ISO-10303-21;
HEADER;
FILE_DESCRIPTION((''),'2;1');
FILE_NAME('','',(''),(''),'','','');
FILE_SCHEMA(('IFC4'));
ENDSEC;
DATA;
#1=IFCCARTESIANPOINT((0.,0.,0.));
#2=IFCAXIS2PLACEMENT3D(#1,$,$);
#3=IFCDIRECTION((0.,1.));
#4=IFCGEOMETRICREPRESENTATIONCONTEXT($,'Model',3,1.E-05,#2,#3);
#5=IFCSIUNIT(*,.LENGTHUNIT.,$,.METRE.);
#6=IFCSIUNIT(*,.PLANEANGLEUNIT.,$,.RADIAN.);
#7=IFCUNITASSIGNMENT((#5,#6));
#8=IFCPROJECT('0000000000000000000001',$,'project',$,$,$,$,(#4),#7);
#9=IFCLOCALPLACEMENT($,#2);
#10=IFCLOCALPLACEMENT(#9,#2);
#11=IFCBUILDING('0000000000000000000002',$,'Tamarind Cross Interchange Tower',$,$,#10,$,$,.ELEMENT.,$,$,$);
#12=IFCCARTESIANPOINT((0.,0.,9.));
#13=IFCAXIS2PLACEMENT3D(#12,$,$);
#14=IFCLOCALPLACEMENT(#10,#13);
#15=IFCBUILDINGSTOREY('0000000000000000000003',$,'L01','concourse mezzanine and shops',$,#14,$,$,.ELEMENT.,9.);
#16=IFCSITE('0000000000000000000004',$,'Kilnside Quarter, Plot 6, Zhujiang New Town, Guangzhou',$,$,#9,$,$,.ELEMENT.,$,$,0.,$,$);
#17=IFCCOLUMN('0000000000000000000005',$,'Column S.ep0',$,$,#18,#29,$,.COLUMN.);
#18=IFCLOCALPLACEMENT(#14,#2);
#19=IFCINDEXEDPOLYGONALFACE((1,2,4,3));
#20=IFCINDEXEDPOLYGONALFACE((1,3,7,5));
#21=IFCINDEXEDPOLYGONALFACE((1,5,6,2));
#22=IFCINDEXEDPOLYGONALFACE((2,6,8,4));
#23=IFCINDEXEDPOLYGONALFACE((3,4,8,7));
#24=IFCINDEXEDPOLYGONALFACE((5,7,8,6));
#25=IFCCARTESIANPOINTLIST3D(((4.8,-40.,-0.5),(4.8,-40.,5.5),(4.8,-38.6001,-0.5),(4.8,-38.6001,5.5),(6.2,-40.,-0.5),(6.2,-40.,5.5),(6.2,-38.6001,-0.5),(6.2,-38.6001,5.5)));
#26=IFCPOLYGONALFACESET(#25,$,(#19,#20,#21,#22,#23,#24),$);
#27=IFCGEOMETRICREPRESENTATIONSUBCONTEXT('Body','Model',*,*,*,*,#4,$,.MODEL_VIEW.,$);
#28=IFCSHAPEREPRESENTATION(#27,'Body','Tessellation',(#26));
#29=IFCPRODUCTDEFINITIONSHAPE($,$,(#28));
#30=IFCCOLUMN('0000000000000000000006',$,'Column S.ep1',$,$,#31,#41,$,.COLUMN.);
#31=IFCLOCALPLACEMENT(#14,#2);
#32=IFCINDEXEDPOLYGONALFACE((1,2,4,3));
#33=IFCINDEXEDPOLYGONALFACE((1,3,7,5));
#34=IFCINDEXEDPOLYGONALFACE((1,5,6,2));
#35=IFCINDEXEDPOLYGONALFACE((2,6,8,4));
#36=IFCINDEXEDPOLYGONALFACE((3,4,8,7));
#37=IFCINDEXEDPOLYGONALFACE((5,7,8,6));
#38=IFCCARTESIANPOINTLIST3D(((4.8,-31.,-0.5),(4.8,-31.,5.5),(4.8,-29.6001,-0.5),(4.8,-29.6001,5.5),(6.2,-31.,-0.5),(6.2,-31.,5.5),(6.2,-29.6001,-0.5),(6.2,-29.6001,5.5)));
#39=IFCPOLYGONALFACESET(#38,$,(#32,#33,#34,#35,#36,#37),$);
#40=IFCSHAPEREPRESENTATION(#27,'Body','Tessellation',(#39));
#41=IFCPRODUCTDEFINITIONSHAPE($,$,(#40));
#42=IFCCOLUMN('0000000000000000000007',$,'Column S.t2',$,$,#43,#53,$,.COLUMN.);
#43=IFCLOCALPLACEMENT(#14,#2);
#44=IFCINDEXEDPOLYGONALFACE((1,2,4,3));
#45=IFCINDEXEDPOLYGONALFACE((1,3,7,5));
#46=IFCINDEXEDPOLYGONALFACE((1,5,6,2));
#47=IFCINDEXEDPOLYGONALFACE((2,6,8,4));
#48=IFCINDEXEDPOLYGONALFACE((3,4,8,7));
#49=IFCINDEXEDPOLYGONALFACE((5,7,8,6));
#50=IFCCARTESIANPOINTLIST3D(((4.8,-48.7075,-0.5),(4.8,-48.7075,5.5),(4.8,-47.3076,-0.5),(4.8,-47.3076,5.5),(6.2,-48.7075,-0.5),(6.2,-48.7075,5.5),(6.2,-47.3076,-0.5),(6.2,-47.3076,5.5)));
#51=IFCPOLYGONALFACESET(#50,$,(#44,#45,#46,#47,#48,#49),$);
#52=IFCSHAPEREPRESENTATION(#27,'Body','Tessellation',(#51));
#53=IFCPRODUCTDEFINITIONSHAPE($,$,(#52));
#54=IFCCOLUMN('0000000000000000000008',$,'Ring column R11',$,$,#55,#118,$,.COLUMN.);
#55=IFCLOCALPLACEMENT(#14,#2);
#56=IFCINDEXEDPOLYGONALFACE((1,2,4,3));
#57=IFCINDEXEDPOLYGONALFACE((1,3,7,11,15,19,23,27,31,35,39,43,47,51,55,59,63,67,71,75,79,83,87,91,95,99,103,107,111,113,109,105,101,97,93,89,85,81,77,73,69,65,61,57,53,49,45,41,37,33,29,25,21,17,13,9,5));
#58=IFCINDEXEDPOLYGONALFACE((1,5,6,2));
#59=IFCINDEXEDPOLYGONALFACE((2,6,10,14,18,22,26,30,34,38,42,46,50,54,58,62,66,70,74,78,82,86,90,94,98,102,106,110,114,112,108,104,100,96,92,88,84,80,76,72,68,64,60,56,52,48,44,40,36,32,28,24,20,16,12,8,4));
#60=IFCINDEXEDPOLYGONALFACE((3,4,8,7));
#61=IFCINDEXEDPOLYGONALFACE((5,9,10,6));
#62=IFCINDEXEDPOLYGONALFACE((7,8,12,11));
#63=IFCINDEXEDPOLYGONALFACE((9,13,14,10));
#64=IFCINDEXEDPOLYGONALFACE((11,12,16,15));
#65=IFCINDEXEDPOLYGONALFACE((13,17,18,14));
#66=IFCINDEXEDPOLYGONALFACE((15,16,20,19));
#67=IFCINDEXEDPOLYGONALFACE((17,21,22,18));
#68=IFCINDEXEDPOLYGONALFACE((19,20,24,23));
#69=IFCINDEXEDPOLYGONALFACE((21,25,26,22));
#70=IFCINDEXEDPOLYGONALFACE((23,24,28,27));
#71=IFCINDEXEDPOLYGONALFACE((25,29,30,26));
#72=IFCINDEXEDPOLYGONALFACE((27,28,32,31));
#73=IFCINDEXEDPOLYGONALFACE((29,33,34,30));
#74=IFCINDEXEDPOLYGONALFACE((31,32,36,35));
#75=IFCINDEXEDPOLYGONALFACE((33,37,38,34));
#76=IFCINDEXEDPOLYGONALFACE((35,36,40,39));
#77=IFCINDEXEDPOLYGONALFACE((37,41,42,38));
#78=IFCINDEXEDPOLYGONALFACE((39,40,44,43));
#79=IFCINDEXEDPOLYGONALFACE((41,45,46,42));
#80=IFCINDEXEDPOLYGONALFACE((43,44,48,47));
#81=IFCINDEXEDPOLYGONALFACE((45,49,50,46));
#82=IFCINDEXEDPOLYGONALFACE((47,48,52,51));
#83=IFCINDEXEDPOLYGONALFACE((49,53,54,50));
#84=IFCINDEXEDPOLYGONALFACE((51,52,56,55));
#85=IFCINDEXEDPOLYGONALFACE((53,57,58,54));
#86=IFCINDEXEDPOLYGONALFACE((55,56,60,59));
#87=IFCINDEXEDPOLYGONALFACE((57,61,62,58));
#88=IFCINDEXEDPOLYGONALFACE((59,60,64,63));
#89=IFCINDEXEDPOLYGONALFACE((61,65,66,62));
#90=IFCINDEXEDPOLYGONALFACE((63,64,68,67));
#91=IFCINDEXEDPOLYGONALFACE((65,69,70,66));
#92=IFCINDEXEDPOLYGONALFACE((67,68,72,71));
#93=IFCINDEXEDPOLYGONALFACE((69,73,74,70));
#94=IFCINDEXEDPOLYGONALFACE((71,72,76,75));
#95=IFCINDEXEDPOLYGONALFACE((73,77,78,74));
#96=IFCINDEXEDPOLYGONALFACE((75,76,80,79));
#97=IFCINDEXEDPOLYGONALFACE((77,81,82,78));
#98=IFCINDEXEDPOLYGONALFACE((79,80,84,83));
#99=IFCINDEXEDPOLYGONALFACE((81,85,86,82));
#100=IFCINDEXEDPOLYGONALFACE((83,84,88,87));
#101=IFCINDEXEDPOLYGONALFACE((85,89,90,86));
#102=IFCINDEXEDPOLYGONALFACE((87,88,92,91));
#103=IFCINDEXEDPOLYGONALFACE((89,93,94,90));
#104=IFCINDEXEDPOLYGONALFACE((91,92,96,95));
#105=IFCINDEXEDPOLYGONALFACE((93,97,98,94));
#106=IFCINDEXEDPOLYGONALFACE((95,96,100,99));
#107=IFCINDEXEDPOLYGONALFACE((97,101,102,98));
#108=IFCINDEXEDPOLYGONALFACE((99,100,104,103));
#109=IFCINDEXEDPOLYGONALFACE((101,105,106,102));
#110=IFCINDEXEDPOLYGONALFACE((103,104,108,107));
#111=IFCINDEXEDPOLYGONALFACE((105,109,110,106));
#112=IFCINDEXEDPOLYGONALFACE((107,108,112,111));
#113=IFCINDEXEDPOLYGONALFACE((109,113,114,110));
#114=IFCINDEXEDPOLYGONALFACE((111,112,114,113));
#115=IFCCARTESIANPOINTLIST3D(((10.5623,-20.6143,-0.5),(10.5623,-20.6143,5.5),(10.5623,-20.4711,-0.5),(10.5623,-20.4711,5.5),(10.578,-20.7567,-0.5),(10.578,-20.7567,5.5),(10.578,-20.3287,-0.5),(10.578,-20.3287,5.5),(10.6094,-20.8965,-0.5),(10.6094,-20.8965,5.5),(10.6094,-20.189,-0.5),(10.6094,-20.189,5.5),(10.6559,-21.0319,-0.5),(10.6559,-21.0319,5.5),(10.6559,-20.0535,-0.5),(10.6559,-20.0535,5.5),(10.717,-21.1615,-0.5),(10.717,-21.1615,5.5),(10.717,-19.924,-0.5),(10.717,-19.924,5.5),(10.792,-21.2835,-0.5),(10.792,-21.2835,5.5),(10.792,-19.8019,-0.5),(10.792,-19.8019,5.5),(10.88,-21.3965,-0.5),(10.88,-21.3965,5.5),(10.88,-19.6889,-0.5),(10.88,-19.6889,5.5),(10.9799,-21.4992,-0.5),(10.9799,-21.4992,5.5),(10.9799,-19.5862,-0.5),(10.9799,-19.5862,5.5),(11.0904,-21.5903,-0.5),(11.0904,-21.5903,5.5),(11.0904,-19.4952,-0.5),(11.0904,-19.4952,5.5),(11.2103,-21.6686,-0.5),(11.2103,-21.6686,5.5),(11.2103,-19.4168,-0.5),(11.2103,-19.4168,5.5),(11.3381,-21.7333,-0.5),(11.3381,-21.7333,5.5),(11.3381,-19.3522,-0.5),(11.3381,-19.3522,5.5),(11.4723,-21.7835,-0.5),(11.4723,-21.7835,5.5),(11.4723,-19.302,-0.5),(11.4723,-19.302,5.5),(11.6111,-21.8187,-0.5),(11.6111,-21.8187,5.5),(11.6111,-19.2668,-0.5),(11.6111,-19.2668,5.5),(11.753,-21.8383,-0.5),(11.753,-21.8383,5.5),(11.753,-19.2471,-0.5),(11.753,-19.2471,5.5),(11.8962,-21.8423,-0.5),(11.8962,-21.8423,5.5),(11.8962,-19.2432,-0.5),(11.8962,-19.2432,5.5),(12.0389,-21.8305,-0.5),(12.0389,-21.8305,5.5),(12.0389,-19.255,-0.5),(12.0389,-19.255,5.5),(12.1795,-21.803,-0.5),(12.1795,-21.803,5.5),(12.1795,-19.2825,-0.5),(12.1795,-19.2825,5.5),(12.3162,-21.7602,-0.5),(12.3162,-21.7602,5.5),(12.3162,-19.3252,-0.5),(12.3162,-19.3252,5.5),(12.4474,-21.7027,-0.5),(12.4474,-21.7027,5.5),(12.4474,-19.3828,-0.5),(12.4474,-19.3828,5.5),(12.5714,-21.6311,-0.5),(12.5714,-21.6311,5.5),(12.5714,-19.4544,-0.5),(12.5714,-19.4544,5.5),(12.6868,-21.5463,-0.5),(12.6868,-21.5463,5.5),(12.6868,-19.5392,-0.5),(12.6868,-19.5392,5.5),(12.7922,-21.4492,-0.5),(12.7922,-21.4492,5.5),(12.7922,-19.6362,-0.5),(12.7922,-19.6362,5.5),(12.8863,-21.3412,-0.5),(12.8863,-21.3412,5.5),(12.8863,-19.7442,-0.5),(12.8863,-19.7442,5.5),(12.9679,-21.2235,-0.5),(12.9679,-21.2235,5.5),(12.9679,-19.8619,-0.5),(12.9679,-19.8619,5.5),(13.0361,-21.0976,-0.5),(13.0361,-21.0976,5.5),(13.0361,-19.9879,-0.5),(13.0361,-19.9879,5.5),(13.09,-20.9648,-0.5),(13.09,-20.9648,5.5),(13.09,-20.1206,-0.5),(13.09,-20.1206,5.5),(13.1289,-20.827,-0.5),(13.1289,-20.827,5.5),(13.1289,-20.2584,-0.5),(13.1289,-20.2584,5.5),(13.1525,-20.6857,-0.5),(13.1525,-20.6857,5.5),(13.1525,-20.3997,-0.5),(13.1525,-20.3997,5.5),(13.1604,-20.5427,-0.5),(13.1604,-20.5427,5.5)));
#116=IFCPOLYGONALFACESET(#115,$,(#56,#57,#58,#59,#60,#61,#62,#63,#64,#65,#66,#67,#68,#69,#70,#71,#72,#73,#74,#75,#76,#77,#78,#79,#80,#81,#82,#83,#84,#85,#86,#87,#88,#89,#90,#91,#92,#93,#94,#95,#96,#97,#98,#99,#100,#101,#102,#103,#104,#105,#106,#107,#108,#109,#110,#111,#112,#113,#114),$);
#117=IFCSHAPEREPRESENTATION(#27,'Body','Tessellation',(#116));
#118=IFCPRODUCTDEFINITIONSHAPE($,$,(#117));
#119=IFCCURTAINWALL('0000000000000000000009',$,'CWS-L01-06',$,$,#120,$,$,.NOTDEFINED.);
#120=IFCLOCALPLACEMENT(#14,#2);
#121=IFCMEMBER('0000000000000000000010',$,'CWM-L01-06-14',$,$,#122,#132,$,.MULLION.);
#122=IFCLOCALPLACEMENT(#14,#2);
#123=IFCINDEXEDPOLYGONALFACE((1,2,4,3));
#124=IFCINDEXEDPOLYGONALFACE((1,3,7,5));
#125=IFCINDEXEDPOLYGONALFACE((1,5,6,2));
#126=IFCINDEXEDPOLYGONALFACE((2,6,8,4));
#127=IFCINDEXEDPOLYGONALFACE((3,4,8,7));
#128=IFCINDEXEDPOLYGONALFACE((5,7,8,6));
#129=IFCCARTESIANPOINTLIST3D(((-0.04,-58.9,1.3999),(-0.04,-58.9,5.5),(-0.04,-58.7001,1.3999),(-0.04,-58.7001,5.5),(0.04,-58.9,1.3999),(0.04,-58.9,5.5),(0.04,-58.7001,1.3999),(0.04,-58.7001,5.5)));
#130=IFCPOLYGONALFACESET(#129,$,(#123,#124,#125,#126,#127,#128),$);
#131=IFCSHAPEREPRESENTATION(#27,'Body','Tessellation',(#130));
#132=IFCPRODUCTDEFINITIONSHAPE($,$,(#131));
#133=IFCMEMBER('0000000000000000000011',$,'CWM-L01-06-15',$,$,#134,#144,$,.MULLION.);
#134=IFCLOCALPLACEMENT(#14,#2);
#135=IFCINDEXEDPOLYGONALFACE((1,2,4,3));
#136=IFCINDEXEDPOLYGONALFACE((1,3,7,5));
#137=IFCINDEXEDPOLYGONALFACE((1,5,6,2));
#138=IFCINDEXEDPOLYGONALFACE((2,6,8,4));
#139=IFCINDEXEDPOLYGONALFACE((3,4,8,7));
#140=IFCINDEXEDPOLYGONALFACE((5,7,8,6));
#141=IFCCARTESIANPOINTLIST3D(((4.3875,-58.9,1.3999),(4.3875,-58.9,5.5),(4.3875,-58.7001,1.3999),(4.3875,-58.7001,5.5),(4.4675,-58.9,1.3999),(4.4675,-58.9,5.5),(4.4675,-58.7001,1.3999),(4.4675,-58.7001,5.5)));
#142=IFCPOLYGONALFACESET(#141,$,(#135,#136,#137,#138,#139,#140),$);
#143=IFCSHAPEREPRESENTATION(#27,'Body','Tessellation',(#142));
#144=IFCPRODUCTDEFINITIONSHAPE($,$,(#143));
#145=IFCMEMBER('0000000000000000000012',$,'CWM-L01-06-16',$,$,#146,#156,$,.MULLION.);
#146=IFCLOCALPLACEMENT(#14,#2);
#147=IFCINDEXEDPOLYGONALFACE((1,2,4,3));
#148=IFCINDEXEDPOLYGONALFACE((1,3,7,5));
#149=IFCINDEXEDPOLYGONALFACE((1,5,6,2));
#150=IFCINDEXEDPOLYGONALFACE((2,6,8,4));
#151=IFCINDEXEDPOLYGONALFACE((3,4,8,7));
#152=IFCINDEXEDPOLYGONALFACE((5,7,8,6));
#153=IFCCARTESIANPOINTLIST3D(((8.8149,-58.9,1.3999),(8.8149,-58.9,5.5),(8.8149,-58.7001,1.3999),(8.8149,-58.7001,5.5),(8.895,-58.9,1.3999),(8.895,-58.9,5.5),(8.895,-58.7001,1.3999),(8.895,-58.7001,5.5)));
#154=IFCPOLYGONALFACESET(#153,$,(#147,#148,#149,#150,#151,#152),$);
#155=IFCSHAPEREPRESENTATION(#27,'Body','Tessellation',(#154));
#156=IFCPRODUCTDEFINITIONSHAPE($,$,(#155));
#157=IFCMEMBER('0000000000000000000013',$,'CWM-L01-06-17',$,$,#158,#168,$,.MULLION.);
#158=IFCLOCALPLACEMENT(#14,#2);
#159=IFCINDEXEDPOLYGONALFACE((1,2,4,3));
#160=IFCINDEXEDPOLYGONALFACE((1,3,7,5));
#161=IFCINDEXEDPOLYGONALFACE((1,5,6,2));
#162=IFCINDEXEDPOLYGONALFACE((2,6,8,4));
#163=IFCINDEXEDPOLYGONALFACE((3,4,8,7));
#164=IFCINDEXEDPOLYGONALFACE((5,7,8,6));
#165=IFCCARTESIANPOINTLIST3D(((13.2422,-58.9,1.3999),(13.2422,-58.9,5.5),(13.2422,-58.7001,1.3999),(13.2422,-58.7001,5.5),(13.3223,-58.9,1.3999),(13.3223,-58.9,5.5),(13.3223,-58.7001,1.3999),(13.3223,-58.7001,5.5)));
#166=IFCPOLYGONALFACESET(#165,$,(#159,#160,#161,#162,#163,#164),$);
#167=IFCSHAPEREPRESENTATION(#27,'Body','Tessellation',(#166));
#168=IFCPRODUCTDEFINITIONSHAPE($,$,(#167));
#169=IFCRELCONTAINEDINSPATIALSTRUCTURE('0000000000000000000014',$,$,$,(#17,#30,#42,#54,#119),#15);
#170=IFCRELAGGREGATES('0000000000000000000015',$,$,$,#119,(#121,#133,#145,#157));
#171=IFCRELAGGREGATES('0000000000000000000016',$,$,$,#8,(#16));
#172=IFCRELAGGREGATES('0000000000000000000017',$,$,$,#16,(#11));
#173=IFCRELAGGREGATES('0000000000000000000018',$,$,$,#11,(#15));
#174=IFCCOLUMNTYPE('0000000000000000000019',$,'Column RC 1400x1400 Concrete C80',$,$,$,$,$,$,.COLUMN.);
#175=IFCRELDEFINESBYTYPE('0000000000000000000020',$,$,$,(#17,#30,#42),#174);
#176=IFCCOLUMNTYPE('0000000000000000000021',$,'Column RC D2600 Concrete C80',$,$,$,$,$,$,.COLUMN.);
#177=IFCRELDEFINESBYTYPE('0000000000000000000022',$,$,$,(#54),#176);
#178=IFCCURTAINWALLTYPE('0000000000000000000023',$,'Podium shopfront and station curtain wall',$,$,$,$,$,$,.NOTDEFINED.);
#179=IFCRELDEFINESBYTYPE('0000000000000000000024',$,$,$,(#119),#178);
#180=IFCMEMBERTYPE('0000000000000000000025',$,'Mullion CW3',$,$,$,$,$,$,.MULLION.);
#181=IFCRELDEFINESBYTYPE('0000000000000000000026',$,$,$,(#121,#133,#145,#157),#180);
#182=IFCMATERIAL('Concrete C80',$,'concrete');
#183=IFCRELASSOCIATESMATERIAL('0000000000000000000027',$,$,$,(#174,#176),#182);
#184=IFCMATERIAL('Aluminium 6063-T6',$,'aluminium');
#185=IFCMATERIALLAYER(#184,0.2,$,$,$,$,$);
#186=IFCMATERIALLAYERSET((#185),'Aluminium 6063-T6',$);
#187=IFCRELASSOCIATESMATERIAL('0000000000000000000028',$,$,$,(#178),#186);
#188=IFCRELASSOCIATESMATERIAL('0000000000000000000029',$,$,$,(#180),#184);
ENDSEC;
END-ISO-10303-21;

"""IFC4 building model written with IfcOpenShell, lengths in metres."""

from ifc_helpers import new_model, si_unit, direction, frame, origin, origin_2d, place, context, subcontext, project, spatial, rectangle, circle, extrude, material, layer, layer_set, material_profile, profile_set, type_object, element, aggregate, save


model = new_model("IFC4")

# Units and contexts
model_context = context("Model", 3, precision=1e-05, world=origin(), true_north=direction((0.0, 1.0)))
body_context = subcontext(model_context, "Body", "Model", "MODEL_VIEW")
ifc_project = project(units=[si_unit("LENGTHUNIT", "METRE"), si_unit("PLANEANGLEUNIT", "RADIAN")], contexts=[model_context])

# Site, building, storey
site_placement = place(None, origin())
site = spatial("IfcSite", under=ifc_project, at=site_placement, Name="Kilnside Quarter, Plot 6, Zhujiang New Town, Guangzhou", CompositionType="ELEMENT", RefElevation=0.0)
building_placement = place(site_placement, origin())
building = spatial("IfcBuilding", under=site, at=building_placement, Name="Tamarind Cross Interchange Tower", CompositionType="ELEMENT")
storey_placement = place(building_placement, frame((0.0, 0.0, 9.0)))
storey = spatial("IfcBuildingStorey", under=building, at=storey_placement, Name="L01", Description="concourse mezzanine and shops", CompositionType="ELEMENT", Elevation=9.0)

# Columns
ifc_material_1 = material(Name="Concrete C80", Category="concrete")
ifc_material_profile_1 = material_profile(ifc_material_1, rectangle(XDim=1.3999, YDim=1.3999, at=origin_2d()), Name="RC 1400x1400")
ifc_profile_set_1 = profile_set([ifc_material_profile_1], Name="Concrete C80")
column_type_1 = type_object("IfcColumnType", Name="Column RC 1400x1400 Concrete C80", PredefinedType="COLUMN", material=ifc_profile_set_1)
for number, where, z_axis, x_axis, name in (
    (1, (5.5, -39.3, -0.5), (0.0, 0.0, 1.0), (1.0, 0.0, 0.0), "Column S.ep0"),
    (2, (5.5, -30.3, -0.5), (0.0, 0.0, 1.0), (1.0, 0.0, 0.0), "Column S.ep1"),
    (3, (5.5, -48.0076, -0.5), (0.0, 0.0, 1.0), (1.0, 0.0, 0.0), "Column S.t2"),
):
    element("IfcColumn", number, at=place(storey_placement, frame(where, z_axis=z_axis, x_axis=x_axis)), inside=storey, type_object=column_type_1, Name=name, PredefinedType="COLUMN", context=body_context, shape_type="SweptSolid", body=[
        extrude(rectangle(XDim=1.3999, YDim=1.3999, at=origin_2d()), origin(), (0.0, 0.0, 1.0), 6.0),
    ])
ifc_material_profile_2 = material_profile(ifc_material_1, circle(Radius=1.3, at=origin_2d()), Name="RC D2600")
ifc_profile_set_2 = profile_set([ifc_material_profile_2], Name="Concrete C80")
column_type_2 = type_object("IfcColumnType", Name="Column RC D2600 Concrete C80", PredefinedType="COLUMN", material=ifc_profile_set_2)
column_placement = place(storey_placement, frame((11.8604, -20.5427, -0.5), z_axis=(0.0, 0.0, 1.0), x_axis=(1.0, 0.0, 0.0)))
element("IfcColumn", 4, at=column_placement, inside=storey, type_object=column_type_2, Name="Ring column R11", PredefinedType="COLUMN", context=body_context, shape_type="SweptSolid", body=[
    extrude(circle(Radius=1.3, at=origin_2d()), origin(), (0.0, 0.0, 1.0), 6.0),
])

# Curtain wall, members
ifc_material_2 = material(Name="Aluminium 6063-T6", Category="aluminium")
ifc_layer_1 = layer(ifc_material_2, 0.2)
ifc_layer_set_1 = layer_set([ifc_layer_1], Name="Aluminium 6063-T6")
curtain_wall_type = type_object("IfcCurtainWallType", Name="Podium shopfront and station curtain wall", PredefinedType="NOTDEFINED", material=ifc_layer_set_1)
curtain_wall_placement = place(storey_placement, origin())
curtain_wall = element("IfcCurtainWall", 5, at=curtain_wall_placement, inside=storey, type_object=curtain_wall_type, Name="CWS-L01-06", PredefinedType="NOTDEFINED")
ifc_material_profile_3 = material_profile(ifc_material_2, rectangle(XDim=0.0801, YDim=0.2, at=origin_2d()), Name="Mullion CW3")
ifc_profile_set_3 = profile_set([ifc_material_profile_3], Name="Aluminium 6063-T6")
member_type = type_object("IfcMemberType", Name="Mullion CW3", PredefinedType="MULLION", material=ifc_profile_set_3)
member_1_placement = place(storey_placement, frame((0.0, -58.8, 1.3999), z_axis=(0.0, 0.0, 1.0), x_axis=(1.0, 0.0, 0.0)))
member_1 = element("IfcMember", 6, at=member_1_placement, type_object=member_type, Name="CWM-L01-06-14", PredefinedType="MULLION", context=body_context, shape_type="SweptSolid", body=[
    extrude(rectangle(XDim=0.0801, YDim=0.2, at=origin_2d()), origin(), (0.0, 0.0, 1.0), 4.1001),
])
member_2_placement = place(storey_placement, frame((4.4275, -58.8, 1.3999), z_axis=(0.0, 0.0, 1.0), x_axis=(1.0, 0.0, 0.0)))
member_2 = element("IfcMember", 7, at=member_2_placement, type_object=member_type, Name="CWM-L01-06-15", PredefinedType="MULLION", context=body_context, shape_type="SweptSolid", body=[
    extrude(rectangle(XDim=0.0801, YDim=0.2, at=origin_2d()), origin(), (0.0, 0.0, 1.0), 4.1001),
])
member_3_placement = place(storey_placement, frame((8.855, -58.8, 1.3999), z_axis=(0.0, 0.0, 1.0), x_axis=(1.0, 0.0, 0.0)))
member_3 = element("IfcMember", 8, at=member_3_placement, type_object=member_type, Name="CWM-L01-06-16", PredefinedType="MULLION", context=body_context, shape_type="SweptSolid", body=[
    extrude(rectangle(XDim=0.0801, YDim=0.2, at=origin_2d()), origin(), (0.0, 0.0, 1.0), 4.1001),
])
member_4_placement = place(storey_placement, frame((13.2822, -58.8, 1.3999), z_axis=(0.0, 0.0, 1.0), x_axis=(1.0, 0.0, 0.0)))
member_4 = element("IfcMember", 9, at=member_4_placement, type_object=member_type, Name="CWM-L01-06-17", PredefinedType="MULLION", context=body_context, shape_type="SweptSolid", body=[
    extrude(rectangle(XDim=0.0801, YDim=0.2, at=origin_2d()), origin(), (0.0, 0.0, 1.0), 4.1001),
])
aggregate(curtain_wall, [member_1, member_2, member_3, member_4])

save(model, "model.ifc")
